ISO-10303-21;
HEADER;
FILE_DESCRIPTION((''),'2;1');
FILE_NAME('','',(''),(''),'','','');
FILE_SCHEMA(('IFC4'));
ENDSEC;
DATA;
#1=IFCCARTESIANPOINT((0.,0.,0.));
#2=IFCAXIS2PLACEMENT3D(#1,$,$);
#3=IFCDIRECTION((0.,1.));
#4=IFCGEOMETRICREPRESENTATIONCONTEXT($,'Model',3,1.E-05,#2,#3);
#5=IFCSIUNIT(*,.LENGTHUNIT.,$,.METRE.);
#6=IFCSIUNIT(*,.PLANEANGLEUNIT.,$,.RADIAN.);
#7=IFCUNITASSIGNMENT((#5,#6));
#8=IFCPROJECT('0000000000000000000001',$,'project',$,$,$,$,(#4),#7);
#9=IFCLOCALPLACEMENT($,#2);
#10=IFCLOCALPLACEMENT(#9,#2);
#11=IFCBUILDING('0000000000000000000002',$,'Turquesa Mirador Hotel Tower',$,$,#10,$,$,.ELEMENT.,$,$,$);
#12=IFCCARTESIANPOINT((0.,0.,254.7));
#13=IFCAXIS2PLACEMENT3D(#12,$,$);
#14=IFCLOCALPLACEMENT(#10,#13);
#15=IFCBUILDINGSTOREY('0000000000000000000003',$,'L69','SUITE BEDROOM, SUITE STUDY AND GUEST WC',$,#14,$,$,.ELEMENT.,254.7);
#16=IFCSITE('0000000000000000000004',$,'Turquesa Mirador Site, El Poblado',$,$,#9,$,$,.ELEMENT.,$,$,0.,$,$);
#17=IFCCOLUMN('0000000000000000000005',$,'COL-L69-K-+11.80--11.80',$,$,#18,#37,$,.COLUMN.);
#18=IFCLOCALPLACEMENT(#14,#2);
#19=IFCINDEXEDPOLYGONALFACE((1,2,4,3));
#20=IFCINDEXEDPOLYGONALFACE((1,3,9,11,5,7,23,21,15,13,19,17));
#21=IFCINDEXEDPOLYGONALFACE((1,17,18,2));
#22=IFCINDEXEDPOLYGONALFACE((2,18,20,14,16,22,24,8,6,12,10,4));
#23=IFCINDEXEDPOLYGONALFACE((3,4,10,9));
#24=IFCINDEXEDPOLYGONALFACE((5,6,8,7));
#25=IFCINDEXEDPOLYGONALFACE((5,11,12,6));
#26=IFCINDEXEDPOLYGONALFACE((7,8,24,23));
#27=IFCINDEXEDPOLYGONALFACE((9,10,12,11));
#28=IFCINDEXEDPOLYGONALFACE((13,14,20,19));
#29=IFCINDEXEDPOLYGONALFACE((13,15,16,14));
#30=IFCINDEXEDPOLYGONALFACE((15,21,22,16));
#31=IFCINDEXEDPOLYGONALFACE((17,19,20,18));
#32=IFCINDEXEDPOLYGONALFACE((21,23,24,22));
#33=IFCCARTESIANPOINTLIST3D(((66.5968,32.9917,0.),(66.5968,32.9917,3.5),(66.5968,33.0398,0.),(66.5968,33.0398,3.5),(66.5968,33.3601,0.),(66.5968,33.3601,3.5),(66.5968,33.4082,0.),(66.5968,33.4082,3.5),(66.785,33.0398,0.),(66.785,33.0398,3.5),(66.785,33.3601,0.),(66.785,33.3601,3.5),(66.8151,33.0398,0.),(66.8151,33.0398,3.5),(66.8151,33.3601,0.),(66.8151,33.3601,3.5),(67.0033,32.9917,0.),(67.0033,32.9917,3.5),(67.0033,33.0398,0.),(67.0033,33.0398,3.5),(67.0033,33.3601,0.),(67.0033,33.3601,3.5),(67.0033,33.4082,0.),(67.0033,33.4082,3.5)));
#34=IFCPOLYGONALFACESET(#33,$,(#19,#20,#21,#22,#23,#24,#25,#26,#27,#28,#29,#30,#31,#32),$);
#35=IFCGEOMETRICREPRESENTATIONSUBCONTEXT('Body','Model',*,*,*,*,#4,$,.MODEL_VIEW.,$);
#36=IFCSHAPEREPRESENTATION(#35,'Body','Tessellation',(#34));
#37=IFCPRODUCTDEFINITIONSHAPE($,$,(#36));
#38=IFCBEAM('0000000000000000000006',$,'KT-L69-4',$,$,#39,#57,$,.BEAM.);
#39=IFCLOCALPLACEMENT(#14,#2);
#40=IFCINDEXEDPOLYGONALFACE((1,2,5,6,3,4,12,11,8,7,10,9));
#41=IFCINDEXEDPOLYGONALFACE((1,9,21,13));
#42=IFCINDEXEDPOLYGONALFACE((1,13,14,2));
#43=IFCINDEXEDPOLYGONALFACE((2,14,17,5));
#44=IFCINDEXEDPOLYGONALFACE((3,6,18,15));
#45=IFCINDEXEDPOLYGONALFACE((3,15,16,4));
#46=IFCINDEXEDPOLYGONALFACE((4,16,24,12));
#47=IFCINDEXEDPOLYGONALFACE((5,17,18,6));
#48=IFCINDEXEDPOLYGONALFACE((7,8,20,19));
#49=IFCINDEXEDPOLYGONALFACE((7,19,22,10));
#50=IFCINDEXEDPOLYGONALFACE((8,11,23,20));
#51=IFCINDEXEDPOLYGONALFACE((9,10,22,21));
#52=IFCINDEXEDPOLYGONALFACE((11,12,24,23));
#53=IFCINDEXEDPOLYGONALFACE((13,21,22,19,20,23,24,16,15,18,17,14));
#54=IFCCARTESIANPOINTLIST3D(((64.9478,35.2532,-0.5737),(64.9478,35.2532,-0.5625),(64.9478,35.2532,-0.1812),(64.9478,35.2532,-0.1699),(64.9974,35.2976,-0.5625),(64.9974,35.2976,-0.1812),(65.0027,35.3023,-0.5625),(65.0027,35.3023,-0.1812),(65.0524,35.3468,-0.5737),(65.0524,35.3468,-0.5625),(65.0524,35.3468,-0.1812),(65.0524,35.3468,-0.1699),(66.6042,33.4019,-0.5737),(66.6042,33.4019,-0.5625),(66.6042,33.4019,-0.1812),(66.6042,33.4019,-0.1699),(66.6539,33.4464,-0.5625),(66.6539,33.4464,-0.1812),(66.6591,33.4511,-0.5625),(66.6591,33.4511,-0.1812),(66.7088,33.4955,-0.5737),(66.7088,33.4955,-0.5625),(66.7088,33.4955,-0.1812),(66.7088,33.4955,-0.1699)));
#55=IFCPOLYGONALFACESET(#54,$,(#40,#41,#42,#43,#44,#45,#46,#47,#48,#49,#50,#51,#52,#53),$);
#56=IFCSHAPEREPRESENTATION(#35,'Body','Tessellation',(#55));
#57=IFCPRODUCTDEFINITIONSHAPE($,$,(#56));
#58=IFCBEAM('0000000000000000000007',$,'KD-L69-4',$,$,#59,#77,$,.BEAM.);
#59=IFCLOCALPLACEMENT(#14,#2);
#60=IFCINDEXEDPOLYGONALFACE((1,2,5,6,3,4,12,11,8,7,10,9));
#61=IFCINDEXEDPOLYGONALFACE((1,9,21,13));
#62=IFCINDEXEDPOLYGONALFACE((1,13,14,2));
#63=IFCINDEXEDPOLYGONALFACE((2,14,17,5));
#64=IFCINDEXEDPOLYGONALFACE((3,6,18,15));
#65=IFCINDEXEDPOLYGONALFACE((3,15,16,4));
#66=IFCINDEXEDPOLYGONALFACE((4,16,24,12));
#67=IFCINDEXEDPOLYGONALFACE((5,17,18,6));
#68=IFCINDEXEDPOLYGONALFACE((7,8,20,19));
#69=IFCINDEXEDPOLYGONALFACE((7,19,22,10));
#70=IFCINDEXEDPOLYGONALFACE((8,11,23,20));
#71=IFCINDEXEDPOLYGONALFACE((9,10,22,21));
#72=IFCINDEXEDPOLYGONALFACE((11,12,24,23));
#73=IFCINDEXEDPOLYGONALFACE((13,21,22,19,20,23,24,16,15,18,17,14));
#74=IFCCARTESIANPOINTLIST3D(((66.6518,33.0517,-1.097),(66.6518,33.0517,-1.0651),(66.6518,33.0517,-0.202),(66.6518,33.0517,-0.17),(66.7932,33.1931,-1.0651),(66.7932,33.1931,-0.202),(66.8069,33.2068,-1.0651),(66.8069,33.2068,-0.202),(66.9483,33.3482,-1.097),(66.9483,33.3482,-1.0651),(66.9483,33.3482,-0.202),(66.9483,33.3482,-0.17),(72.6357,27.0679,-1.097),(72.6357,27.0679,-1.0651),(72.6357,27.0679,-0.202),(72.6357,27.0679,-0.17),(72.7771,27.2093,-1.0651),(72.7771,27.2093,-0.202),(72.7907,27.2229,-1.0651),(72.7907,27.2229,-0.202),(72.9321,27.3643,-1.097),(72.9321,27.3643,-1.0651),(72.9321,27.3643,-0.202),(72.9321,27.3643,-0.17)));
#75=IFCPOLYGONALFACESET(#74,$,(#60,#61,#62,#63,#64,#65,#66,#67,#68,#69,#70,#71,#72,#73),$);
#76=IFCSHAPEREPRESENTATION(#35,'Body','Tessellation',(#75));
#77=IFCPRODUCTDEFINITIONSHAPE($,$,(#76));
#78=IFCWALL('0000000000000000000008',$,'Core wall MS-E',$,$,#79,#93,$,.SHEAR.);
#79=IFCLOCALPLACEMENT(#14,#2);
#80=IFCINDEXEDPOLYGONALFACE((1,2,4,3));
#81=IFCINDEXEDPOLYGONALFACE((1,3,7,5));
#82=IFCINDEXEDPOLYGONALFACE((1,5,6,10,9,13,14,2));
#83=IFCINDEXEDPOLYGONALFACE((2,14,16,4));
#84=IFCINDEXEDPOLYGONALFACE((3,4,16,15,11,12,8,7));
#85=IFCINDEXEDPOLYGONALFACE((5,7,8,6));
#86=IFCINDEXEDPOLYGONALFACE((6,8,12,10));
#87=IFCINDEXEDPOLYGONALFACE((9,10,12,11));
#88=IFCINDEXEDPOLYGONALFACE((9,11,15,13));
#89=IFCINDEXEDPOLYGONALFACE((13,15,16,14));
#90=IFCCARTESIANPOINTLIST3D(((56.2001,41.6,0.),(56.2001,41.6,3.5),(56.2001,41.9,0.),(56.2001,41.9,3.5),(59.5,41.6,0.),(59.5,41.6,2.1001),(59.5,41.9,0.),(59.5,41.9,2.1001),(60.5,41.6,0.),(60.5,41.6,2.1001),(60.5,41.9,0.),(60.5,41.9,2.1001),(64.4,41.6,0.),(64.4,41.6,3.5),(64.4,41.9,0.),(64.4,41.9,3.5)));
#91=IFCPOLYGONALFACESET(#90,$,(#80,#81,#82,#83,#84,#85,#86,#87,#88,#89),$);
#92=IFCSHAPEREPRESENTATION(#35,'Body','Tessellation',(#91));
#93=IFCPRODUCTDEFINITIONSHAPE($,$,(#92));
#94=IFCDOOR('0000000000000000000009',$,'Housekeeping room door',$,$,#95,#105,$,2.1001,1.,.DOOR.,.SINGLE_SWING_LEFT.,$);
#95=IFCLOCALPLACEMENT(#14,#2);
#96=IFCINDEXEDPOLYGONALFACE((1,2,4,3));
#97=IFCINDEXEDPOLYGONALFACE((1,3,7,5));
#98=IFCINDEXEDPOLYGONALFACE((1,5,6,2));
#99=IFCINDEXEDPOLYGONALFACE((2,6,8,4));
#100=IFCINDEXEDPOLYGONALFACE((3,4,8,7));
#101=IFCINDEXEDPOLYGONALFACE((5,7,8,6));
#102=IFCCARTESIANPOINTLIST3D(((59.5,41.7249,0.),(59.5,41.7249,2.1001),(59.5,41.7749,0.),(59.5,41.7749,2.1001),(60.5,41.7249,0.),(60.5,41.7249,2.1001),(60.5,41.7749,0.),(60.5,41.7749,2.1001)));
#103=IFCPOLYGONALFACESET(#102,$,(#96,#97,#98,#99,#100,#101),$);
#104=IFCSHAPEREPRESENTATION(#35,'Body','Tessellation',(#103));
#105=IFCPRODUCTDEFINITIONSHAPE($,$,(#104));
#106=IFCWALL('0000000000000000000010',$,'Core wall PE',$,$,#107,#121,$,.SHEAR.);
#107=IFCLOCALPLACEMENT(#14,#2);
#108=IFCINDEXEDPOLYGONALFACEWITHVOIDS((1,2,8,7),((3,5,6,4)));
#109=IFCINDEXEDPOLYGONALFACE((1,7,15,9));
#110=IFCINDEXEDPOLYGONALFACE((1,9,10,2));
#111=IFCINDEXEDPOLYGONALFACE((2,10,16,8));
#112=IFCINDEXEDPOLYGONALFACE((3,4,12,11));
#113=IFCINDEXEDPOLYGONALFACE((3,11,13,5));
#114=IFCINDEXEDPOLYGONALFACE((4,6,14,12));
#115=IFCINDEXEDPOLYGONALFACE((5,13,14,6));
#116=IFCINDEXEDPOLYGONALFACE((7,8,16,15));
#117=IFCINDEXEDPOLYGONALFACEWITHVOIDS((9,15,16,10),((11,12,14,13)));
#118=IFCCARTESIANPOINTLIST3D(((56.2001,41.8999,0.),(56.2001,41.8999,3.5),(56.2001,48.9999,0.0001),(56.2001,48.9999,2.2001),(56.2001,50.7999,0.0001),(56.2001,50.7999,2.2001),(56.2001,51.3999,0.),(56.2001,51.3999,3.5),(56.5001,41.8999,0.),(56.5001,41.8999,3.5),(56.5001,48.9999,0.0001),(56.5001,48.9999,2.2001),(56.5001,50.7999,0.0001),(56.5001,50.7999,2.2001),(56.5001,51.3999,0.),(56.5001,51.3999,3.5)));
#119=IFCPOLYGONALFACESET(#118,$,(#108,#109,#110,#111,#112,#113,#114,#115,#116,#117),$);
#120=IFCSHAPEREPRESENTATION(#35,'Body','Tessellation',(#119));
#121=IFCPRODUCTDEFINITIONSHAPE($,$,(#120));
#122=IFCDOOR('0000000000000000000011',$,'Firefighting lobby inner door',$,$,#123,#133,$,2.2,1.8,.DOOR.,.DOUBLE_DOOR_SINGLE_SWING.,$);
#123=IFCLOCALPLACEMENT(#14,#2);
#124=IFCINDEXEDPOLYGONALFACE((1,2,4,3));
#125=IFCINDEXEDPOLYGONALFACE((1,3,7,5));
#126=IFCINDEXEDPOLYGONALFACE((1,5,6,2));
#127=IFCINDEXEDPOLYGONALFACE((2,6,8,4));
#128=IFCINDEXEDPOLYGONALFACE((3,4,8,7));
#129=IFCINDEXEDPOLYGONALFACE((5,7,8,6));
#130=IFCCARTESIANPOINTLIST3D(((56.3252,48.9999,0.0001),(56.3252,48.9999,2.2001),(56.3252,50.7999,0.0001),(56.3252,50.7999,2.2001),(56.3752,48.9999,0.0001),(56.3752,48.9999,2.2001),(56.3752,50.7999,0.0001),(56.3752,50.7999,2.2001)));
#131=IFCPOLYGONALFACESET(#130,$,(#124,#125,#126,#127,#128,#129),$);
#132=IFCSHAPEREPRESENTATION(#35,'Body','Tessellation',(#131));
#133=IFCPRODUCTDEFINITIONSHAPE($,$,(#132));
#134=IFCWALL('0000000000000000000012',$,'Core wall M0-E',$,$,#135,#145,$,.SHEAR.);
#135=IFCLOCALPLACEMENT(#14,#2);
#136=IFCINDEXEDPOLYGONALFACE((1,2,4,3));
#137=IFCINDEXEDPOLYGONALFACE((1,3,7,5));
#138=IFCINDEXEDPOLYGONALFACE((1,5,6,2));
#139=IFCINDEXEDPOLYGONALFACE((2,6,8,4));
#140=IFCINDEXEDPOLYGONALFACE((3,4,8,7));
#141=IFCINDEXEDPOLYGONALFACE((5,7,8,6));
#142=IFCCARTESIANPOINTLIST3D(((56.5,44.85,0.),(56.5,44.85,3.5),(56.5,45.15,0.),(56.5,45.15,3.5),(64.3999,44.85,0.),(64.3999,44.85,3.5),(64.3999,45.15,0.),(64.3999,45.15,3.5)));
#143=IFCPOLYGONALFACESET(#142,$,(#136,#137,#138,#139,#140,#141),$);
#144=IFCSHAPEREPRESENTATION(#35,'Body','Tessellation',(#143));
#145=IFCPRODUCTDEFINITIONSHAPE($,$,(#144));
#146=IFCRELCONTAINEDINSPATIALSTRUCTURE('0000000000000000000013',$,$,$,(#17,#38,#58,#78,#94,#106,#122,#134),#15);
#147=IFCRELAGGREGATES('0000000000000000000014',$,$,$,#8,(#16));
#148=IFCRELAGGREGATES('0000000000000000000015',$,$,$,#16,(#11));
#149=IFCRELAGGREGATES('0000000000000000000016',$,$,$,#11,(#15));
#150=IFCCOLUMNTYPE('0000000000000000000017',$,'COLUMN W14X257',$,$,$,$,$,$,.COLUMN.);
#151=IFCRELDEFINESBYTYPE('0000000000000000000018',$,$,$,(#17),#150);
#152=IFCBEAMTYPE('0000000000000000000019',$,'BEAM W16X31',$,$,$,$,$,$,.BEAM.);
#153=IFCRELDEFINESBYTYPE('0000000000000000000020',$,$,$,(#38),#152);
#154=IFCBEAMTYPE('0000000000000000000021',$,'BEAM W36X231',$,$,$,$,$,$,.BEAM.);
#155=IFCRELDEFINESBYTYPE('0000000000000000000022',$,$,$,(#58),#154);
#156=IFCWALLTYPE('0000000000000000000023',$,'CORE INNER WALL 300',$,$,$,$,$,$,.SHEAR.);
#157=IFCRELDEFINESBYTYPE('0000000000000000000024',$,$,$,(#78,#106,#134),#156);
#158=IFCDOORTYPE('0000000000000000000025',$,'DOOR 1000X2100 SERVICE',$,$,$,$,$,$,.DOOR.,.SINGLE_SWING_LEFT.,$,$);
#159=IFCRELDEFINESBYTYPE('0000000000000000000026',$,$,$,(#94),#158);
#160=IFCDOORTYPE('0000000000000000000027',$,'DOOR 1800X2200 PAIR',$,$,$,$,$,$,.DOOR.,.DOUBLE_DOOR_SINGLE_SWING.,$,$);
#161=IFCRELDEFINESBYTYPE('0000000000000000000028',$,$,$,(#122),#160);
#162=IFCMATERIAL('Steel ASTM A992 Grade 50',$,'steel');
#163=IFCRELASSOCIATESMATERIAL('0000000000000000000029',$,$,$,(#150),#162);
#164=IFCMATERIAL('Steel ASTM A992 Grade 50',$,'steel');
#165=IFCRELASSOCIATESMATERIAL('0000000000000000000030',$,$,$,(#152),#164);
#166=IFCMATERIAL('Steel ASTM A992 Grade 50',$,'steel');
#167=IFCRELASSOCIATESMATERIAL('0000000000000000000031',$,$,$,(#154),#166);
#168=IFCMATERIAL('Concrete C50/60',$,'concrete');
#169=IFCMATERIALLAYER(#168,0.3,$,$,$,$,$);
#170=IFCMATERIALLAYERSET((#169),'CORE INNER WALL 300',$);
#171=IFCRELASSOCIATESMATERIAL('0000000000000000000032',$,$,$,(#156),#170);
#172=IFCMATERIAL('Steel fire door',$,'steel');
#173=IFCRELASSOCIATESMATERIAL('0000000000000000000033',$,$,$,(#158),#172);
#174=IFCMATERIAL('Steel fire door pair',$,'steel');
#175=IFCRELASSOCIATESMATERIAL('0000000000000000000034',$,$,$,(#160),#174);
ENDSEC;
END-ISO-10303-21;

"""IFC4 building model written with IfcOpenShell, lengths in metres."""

from ifc_helpers import new_model, si_unit, direction, frame, frame_2d, origin, origin_2d, place, context, subcontext, project, spatial, rectangle, i_section, extrude, material, layer, layer_set, material_profile, profile_set, type_object, element, fill, save


model = new_model("IFC4")

# Units and contexts
model_context = context("Model", 3, precision=1e-05, world=origin(), true_north=direction((0.0, 1.0)))
body_context = subcontext(model_context, "Body", "Model", "MODEL_VIEW")
ifc_project = project(units=[si_unit("LENGTHUNIT", "METRE"), si_unit("PLANEANGLEUNIT", "RADIAN")], contexts=[model_context])

# Site, building, storey
site_placement = place(None, origin())
site = spatial("IfcSite", under=ifc_project, at=site_placement, Name="Turquesa Mirador Site, El Poblado", CompositionType="ELEMENT", RefElevation=0.0)
building_placement = place(site_placement, origin())
building = spatial("IfcBuilding", under=site, at=building_placement, Name="Turquesa Mirador Hotel Tower", CompositionType="ELEMENT")
storey_placement = place(building_placement, frame((0.0, 0.0, 254.7)))
storey = spatial("IfcBuildingStorey", under=building, at=storey_placement, Name="L69", Description="SUITE BEDROOM, SUITE STUDY AND GUEST WC", CompositionType="ELEMENT", Elevation=254.7)

# Column
ifc_material_1 = material(Name="Steel ASTM A992 Grade 50", Category="steel")
ifc_material_profile_1 = material_profile(ifc_material_1, i_section(OverallWidth=0.4065, OverallDepth=0.4165, WebThickness=0.03, FlangeThickness=0.0481, at=origin_2d()), Name="W14X257")
ifc_profile_set_1 = profile_set([ifc_material_profile_1], Name="Steel ASTM A992 Grade 50")
column_type = type_object("IfcColumnType", Name="COLUMN W14X257", PredefinedType="COLUMN", material=ifc_profile_set_1)
column_placement = place(storey_placement, frame((66.8, 33.2, 0.0), z_axis=(0.0, 0.0, 1.0), x_axis=(1.0, 0.0, 0.0)))
element("IfcColumn", 1, at=column_placement, inside=storey, type_object=column_type, Name="COL-L69-K-+11.80--11.80", PredefinedType="COLUMN", context=body_context, shape_type="SweptSolid", body=[
    extrude(i_section(OverallWidth=0.4065, OverallDepth=0.4165, WebThickness=0.03, FlangeThickness=0.0481, at=origin_2d()), origin(), (0.0, 0.0, 1.0), 3.5),
])

# Beams
ifc_material_2 = material(Name="Steel ASTM A992 Grade 50", Category="steel")
ifc_material_profile_2 = material_profile(ifc_material_2, i_section(OverallWidth=0.1404, OverallDepth=0.4038, WebThickness=0.0071, FlangeThickness=0.0112, at=origin_2d()), Name="W16X31")
ifc_profile_set_2 = profile_set([ifc_material_profile_2], Name="Steel ASTM A992 Grade 50")
beam_type_1 = type_object("IfcBeamType", Name="BEAM W16X31", PredefinedType="BEAM", material=ifc_profile_set_2)
beam_1_placement = place(storey_placement, frame((66.6565, 33.4487, -0.3718), z_axis=(-0.666806, 0.745231, 0.0), x_axis=(-0.745231, -0.666806, 0.0)))
element("IfcBeam", 2, at=beam_1_placement, inside=storey, type_object=beam_type_1, Name="KT-L69-4", PredefinedType="BEAM", context=body_context, shape_type="SweptSolid", body=[
    extrude(i_section(OverallWidth=0.1404, OverallDepth=0.4038, WebThickness=0.0071, FlangeThickness=0.0112, at=origin_2d()), origin(), (0.0, 0.0, 1.0), 2.4841),
])
ifc_material_3 = material(Name="Steel ASTM A992 Grade 50", Category="steel")
ifc_material_profile_3 = material_profile(ifc_material_3, i_section(OverallWidth=0.4192, OverallDepth=0.927, WebThickness=0.0193, FlangeThickness=0.032, at=origin_2d()), Name="W36X231")
ifc_profile_set_3 = profile_set([ifc_material_profile_3], Name="Steel ASTM A992 Grade 50")
beam_type_2 = type_object("IfcBeamType", Name="BEAM W36X231", PredefinedType="BEAM", material=ifc_profile_set_3)
beam_2_placement = place(storey_placement, frame((66.8, 33.2, -0.6335), z_axis=(0.707107, -0.707107, 0.0), x_axis=(0.707107, 0.707107, 0.0)))
element("IfcBeam", 3, at=beam_2_placement, inside=storey, type_object=beam_type_2, Name="KD-L69-4", PredefinedType="BEAM", context=body_context, shape_type="SweptSolid", body=[
    extrude(i_section(OverallWidth=0.4192, OverallDepth=0.927, WebThickness=0.0193, FlangeThickness=0.032, at=origin_2d()), origin(), (0.0, 0.0, 1.0), 8.4624),
])

# Walls, openings, doors
ifc_material_4 = material(Name="Concrete C50/60", Category="concrete")
ifc_layer_1 = layer(ifc_material_4, 0.3)
ifc_layer_set_1 = layer_set([ifc_layer_1], Name="CORE INNER WALL 300")
wall_type_1 = type_object("IfcWallType", Name="CORE INNER WALL 300", PredefinedType="SHEAR", material=ifc_layer_set_1)
wall_1_placement = place(storey_placement, frame((56.2, 41.75, 0.0), z_axis=(0.0, 0.0, 1.0), x_axis=(1.0, 0.0, 0.0)))
wall_1 = element("IfcWall", 4, at=wall_1_placement, inside=storey, type_object=wall_type_1, Name="Core wall MS-E", PredefinedType="SHEAR", context=body_context, shape_type="SweptSolid", body=[
    extrude(rectangle(XDim=8.2, YDim=0.3, at=frame_2d((4.1001, 0.0))), origin(), (0.0, 0.0, 1.0), 3.5),
])
opening_1_placement = place(wall_1_placement, frame((3.3, 0.0, 0.0)))
opening_1 = element("IfcOpeningElement", 5, at=opening_1_placement, cuts=wall_1, PredefinedType="OPENING", context=body_context, shape_type="SweptSolid", body=[
    extrude(rectangle(XDim=1.0, YDim=2.1001, at=frame_2d((0.5, 1.05))), frame((0.0, 0.1599, 0.0), z_axis=(0.0, -1.0, 0.0), x_axis=(1.0, 0.0, 0.0)), (0.0, 0.0, 1.0), 0.3201),
])
ifc_material_5 = material(Name="Steel fire door", Category="steel")
door_type_1 = type_object("IfcDoorType", Name="DOOR 1000X2100 SERVICE", OperationType="SINGLE_SWING_LEFT", PredefinedType="DOOR", material=ifc_material_5)
door_1_placement = place(opening_1_placement, origin())
door_1 = element("IfcDoor", 6, at=door_1_placement, inside=storey, type_object=door_type_1, Name="Housekeeping room door", OperationType="SINGLE_SWING_LEFT", OverallHeight=2.1001, OverallWidth=1.0, PredefinedType="DOOR", context=body_context, shape_type="SweptSolid", body=[
    extrude(rectangle(XDim=1.0, YDim=2.1001, at=frame_2d((0.5, 1.05))), frame((0.0, 0.0249, 0.0), z_axis=(0.0, -1.0, 0.0), x_axis=(1.0, 0.0, 0.0)), (0.0, 0.0, 1.0), 0.05),
])
fill(opening_1, door_1)
wall_2_placement = place(storey_placement, frame((56.3501, 41.8999, 0.0), z_axis=(0.0, 0.0, 1.0), x_axis=(0.0, 1.0, 0.0)))
wall_2 = element("IfcWall", 7, at=wall_2_placement, inside=storey, type_object=wall_type_1, Name="Core wall PE", PredefinedType="SHEAR", context=body_context, shape_type="SweptSolid", body=[
    extrude(rectangle(XDim=9.5, YDim=0.3, at=frame_2d((4.75, 0.0))), origin(), (0.0, 0.0, 1.0), 3.5),
])
opening_2_placement = place(wall_2_placement, frame((7.1001, 0.0, 0.0)))
opening_2 = element("IfcOpeningElement", 8, at=opening_2_placement, cuts=wall_2, PredefinedType="OPENING", context=body_context, shape_type="SweptSolid", body=[
    extrude(rectangle(XDim=1.8, YDim=2.2, at=frame_2d((0.8999, 1.1001))), frame((0.0, 0.1599, 0.0), z_axis=(0.0, -1.0, 0.0), x_axis=(1.0, 0.0, 0.0)), (0.0, 0.0, 1.0), 0.3201),
])
ifc_material_6 = material(Name="Steel fire door pair", Category="steel")
door_type_2 = type_object("IfcDoorType", Name="DOOR 1800X2200 PAIR", OperationType="DOUBLE_DOOR_SINGLE_SWING", PredefinedType="DOOR", material=ifc_material_6)
door_2_placement = place(opening_2_placement, origin())
door_2 = element("IfcDoor", 9, at=door_2_placement, inside=storey, type_object=door_type_2, Name="Firefighting lobby inner door", OperationType="DOUBLE_DOOR_SINGLE_SWING", OverallHeight=2.2, OverallWidth=1.8, PredefinedType="DOOR", context=body_context, shape_type="SweptSolid", body=[
    extrude(rectangle(XDim=1.8, YDim=2.2, at=frame_2d((0.8999, 1.1001))), frame((0.0, 0.0249, 0.0), z_axis=(0.0, -1.0, 0.0), x_axis=(1.0, 0.0, 0.0)), (0.0, 0.0, 1.0), 0.05),
])
fill(opening_2, door_2)

# Wall
wall_3_placement = place(storey_placement, frame((56.5, 45.0, 0.0), z_axis=(0.0, 0.0, 1.0), x_axis=(1.0, 0.0, 0.0)))
element("IfcWall", 10, at=wall_3_placement, inside=storey, type_object=wall_type_1, Name="Core wall M0-E", PredefinedType="SHEAR", context=body_context, shape_type="SweptSolid", body=[
    extrude(rectangle(XDim=7.8999, YDim=0.3, at=frame_2d((3.95, 0.0))), origin(), (0.0, 0.0, 1.0), 3.5),
])

save(model, "model.ifc")
